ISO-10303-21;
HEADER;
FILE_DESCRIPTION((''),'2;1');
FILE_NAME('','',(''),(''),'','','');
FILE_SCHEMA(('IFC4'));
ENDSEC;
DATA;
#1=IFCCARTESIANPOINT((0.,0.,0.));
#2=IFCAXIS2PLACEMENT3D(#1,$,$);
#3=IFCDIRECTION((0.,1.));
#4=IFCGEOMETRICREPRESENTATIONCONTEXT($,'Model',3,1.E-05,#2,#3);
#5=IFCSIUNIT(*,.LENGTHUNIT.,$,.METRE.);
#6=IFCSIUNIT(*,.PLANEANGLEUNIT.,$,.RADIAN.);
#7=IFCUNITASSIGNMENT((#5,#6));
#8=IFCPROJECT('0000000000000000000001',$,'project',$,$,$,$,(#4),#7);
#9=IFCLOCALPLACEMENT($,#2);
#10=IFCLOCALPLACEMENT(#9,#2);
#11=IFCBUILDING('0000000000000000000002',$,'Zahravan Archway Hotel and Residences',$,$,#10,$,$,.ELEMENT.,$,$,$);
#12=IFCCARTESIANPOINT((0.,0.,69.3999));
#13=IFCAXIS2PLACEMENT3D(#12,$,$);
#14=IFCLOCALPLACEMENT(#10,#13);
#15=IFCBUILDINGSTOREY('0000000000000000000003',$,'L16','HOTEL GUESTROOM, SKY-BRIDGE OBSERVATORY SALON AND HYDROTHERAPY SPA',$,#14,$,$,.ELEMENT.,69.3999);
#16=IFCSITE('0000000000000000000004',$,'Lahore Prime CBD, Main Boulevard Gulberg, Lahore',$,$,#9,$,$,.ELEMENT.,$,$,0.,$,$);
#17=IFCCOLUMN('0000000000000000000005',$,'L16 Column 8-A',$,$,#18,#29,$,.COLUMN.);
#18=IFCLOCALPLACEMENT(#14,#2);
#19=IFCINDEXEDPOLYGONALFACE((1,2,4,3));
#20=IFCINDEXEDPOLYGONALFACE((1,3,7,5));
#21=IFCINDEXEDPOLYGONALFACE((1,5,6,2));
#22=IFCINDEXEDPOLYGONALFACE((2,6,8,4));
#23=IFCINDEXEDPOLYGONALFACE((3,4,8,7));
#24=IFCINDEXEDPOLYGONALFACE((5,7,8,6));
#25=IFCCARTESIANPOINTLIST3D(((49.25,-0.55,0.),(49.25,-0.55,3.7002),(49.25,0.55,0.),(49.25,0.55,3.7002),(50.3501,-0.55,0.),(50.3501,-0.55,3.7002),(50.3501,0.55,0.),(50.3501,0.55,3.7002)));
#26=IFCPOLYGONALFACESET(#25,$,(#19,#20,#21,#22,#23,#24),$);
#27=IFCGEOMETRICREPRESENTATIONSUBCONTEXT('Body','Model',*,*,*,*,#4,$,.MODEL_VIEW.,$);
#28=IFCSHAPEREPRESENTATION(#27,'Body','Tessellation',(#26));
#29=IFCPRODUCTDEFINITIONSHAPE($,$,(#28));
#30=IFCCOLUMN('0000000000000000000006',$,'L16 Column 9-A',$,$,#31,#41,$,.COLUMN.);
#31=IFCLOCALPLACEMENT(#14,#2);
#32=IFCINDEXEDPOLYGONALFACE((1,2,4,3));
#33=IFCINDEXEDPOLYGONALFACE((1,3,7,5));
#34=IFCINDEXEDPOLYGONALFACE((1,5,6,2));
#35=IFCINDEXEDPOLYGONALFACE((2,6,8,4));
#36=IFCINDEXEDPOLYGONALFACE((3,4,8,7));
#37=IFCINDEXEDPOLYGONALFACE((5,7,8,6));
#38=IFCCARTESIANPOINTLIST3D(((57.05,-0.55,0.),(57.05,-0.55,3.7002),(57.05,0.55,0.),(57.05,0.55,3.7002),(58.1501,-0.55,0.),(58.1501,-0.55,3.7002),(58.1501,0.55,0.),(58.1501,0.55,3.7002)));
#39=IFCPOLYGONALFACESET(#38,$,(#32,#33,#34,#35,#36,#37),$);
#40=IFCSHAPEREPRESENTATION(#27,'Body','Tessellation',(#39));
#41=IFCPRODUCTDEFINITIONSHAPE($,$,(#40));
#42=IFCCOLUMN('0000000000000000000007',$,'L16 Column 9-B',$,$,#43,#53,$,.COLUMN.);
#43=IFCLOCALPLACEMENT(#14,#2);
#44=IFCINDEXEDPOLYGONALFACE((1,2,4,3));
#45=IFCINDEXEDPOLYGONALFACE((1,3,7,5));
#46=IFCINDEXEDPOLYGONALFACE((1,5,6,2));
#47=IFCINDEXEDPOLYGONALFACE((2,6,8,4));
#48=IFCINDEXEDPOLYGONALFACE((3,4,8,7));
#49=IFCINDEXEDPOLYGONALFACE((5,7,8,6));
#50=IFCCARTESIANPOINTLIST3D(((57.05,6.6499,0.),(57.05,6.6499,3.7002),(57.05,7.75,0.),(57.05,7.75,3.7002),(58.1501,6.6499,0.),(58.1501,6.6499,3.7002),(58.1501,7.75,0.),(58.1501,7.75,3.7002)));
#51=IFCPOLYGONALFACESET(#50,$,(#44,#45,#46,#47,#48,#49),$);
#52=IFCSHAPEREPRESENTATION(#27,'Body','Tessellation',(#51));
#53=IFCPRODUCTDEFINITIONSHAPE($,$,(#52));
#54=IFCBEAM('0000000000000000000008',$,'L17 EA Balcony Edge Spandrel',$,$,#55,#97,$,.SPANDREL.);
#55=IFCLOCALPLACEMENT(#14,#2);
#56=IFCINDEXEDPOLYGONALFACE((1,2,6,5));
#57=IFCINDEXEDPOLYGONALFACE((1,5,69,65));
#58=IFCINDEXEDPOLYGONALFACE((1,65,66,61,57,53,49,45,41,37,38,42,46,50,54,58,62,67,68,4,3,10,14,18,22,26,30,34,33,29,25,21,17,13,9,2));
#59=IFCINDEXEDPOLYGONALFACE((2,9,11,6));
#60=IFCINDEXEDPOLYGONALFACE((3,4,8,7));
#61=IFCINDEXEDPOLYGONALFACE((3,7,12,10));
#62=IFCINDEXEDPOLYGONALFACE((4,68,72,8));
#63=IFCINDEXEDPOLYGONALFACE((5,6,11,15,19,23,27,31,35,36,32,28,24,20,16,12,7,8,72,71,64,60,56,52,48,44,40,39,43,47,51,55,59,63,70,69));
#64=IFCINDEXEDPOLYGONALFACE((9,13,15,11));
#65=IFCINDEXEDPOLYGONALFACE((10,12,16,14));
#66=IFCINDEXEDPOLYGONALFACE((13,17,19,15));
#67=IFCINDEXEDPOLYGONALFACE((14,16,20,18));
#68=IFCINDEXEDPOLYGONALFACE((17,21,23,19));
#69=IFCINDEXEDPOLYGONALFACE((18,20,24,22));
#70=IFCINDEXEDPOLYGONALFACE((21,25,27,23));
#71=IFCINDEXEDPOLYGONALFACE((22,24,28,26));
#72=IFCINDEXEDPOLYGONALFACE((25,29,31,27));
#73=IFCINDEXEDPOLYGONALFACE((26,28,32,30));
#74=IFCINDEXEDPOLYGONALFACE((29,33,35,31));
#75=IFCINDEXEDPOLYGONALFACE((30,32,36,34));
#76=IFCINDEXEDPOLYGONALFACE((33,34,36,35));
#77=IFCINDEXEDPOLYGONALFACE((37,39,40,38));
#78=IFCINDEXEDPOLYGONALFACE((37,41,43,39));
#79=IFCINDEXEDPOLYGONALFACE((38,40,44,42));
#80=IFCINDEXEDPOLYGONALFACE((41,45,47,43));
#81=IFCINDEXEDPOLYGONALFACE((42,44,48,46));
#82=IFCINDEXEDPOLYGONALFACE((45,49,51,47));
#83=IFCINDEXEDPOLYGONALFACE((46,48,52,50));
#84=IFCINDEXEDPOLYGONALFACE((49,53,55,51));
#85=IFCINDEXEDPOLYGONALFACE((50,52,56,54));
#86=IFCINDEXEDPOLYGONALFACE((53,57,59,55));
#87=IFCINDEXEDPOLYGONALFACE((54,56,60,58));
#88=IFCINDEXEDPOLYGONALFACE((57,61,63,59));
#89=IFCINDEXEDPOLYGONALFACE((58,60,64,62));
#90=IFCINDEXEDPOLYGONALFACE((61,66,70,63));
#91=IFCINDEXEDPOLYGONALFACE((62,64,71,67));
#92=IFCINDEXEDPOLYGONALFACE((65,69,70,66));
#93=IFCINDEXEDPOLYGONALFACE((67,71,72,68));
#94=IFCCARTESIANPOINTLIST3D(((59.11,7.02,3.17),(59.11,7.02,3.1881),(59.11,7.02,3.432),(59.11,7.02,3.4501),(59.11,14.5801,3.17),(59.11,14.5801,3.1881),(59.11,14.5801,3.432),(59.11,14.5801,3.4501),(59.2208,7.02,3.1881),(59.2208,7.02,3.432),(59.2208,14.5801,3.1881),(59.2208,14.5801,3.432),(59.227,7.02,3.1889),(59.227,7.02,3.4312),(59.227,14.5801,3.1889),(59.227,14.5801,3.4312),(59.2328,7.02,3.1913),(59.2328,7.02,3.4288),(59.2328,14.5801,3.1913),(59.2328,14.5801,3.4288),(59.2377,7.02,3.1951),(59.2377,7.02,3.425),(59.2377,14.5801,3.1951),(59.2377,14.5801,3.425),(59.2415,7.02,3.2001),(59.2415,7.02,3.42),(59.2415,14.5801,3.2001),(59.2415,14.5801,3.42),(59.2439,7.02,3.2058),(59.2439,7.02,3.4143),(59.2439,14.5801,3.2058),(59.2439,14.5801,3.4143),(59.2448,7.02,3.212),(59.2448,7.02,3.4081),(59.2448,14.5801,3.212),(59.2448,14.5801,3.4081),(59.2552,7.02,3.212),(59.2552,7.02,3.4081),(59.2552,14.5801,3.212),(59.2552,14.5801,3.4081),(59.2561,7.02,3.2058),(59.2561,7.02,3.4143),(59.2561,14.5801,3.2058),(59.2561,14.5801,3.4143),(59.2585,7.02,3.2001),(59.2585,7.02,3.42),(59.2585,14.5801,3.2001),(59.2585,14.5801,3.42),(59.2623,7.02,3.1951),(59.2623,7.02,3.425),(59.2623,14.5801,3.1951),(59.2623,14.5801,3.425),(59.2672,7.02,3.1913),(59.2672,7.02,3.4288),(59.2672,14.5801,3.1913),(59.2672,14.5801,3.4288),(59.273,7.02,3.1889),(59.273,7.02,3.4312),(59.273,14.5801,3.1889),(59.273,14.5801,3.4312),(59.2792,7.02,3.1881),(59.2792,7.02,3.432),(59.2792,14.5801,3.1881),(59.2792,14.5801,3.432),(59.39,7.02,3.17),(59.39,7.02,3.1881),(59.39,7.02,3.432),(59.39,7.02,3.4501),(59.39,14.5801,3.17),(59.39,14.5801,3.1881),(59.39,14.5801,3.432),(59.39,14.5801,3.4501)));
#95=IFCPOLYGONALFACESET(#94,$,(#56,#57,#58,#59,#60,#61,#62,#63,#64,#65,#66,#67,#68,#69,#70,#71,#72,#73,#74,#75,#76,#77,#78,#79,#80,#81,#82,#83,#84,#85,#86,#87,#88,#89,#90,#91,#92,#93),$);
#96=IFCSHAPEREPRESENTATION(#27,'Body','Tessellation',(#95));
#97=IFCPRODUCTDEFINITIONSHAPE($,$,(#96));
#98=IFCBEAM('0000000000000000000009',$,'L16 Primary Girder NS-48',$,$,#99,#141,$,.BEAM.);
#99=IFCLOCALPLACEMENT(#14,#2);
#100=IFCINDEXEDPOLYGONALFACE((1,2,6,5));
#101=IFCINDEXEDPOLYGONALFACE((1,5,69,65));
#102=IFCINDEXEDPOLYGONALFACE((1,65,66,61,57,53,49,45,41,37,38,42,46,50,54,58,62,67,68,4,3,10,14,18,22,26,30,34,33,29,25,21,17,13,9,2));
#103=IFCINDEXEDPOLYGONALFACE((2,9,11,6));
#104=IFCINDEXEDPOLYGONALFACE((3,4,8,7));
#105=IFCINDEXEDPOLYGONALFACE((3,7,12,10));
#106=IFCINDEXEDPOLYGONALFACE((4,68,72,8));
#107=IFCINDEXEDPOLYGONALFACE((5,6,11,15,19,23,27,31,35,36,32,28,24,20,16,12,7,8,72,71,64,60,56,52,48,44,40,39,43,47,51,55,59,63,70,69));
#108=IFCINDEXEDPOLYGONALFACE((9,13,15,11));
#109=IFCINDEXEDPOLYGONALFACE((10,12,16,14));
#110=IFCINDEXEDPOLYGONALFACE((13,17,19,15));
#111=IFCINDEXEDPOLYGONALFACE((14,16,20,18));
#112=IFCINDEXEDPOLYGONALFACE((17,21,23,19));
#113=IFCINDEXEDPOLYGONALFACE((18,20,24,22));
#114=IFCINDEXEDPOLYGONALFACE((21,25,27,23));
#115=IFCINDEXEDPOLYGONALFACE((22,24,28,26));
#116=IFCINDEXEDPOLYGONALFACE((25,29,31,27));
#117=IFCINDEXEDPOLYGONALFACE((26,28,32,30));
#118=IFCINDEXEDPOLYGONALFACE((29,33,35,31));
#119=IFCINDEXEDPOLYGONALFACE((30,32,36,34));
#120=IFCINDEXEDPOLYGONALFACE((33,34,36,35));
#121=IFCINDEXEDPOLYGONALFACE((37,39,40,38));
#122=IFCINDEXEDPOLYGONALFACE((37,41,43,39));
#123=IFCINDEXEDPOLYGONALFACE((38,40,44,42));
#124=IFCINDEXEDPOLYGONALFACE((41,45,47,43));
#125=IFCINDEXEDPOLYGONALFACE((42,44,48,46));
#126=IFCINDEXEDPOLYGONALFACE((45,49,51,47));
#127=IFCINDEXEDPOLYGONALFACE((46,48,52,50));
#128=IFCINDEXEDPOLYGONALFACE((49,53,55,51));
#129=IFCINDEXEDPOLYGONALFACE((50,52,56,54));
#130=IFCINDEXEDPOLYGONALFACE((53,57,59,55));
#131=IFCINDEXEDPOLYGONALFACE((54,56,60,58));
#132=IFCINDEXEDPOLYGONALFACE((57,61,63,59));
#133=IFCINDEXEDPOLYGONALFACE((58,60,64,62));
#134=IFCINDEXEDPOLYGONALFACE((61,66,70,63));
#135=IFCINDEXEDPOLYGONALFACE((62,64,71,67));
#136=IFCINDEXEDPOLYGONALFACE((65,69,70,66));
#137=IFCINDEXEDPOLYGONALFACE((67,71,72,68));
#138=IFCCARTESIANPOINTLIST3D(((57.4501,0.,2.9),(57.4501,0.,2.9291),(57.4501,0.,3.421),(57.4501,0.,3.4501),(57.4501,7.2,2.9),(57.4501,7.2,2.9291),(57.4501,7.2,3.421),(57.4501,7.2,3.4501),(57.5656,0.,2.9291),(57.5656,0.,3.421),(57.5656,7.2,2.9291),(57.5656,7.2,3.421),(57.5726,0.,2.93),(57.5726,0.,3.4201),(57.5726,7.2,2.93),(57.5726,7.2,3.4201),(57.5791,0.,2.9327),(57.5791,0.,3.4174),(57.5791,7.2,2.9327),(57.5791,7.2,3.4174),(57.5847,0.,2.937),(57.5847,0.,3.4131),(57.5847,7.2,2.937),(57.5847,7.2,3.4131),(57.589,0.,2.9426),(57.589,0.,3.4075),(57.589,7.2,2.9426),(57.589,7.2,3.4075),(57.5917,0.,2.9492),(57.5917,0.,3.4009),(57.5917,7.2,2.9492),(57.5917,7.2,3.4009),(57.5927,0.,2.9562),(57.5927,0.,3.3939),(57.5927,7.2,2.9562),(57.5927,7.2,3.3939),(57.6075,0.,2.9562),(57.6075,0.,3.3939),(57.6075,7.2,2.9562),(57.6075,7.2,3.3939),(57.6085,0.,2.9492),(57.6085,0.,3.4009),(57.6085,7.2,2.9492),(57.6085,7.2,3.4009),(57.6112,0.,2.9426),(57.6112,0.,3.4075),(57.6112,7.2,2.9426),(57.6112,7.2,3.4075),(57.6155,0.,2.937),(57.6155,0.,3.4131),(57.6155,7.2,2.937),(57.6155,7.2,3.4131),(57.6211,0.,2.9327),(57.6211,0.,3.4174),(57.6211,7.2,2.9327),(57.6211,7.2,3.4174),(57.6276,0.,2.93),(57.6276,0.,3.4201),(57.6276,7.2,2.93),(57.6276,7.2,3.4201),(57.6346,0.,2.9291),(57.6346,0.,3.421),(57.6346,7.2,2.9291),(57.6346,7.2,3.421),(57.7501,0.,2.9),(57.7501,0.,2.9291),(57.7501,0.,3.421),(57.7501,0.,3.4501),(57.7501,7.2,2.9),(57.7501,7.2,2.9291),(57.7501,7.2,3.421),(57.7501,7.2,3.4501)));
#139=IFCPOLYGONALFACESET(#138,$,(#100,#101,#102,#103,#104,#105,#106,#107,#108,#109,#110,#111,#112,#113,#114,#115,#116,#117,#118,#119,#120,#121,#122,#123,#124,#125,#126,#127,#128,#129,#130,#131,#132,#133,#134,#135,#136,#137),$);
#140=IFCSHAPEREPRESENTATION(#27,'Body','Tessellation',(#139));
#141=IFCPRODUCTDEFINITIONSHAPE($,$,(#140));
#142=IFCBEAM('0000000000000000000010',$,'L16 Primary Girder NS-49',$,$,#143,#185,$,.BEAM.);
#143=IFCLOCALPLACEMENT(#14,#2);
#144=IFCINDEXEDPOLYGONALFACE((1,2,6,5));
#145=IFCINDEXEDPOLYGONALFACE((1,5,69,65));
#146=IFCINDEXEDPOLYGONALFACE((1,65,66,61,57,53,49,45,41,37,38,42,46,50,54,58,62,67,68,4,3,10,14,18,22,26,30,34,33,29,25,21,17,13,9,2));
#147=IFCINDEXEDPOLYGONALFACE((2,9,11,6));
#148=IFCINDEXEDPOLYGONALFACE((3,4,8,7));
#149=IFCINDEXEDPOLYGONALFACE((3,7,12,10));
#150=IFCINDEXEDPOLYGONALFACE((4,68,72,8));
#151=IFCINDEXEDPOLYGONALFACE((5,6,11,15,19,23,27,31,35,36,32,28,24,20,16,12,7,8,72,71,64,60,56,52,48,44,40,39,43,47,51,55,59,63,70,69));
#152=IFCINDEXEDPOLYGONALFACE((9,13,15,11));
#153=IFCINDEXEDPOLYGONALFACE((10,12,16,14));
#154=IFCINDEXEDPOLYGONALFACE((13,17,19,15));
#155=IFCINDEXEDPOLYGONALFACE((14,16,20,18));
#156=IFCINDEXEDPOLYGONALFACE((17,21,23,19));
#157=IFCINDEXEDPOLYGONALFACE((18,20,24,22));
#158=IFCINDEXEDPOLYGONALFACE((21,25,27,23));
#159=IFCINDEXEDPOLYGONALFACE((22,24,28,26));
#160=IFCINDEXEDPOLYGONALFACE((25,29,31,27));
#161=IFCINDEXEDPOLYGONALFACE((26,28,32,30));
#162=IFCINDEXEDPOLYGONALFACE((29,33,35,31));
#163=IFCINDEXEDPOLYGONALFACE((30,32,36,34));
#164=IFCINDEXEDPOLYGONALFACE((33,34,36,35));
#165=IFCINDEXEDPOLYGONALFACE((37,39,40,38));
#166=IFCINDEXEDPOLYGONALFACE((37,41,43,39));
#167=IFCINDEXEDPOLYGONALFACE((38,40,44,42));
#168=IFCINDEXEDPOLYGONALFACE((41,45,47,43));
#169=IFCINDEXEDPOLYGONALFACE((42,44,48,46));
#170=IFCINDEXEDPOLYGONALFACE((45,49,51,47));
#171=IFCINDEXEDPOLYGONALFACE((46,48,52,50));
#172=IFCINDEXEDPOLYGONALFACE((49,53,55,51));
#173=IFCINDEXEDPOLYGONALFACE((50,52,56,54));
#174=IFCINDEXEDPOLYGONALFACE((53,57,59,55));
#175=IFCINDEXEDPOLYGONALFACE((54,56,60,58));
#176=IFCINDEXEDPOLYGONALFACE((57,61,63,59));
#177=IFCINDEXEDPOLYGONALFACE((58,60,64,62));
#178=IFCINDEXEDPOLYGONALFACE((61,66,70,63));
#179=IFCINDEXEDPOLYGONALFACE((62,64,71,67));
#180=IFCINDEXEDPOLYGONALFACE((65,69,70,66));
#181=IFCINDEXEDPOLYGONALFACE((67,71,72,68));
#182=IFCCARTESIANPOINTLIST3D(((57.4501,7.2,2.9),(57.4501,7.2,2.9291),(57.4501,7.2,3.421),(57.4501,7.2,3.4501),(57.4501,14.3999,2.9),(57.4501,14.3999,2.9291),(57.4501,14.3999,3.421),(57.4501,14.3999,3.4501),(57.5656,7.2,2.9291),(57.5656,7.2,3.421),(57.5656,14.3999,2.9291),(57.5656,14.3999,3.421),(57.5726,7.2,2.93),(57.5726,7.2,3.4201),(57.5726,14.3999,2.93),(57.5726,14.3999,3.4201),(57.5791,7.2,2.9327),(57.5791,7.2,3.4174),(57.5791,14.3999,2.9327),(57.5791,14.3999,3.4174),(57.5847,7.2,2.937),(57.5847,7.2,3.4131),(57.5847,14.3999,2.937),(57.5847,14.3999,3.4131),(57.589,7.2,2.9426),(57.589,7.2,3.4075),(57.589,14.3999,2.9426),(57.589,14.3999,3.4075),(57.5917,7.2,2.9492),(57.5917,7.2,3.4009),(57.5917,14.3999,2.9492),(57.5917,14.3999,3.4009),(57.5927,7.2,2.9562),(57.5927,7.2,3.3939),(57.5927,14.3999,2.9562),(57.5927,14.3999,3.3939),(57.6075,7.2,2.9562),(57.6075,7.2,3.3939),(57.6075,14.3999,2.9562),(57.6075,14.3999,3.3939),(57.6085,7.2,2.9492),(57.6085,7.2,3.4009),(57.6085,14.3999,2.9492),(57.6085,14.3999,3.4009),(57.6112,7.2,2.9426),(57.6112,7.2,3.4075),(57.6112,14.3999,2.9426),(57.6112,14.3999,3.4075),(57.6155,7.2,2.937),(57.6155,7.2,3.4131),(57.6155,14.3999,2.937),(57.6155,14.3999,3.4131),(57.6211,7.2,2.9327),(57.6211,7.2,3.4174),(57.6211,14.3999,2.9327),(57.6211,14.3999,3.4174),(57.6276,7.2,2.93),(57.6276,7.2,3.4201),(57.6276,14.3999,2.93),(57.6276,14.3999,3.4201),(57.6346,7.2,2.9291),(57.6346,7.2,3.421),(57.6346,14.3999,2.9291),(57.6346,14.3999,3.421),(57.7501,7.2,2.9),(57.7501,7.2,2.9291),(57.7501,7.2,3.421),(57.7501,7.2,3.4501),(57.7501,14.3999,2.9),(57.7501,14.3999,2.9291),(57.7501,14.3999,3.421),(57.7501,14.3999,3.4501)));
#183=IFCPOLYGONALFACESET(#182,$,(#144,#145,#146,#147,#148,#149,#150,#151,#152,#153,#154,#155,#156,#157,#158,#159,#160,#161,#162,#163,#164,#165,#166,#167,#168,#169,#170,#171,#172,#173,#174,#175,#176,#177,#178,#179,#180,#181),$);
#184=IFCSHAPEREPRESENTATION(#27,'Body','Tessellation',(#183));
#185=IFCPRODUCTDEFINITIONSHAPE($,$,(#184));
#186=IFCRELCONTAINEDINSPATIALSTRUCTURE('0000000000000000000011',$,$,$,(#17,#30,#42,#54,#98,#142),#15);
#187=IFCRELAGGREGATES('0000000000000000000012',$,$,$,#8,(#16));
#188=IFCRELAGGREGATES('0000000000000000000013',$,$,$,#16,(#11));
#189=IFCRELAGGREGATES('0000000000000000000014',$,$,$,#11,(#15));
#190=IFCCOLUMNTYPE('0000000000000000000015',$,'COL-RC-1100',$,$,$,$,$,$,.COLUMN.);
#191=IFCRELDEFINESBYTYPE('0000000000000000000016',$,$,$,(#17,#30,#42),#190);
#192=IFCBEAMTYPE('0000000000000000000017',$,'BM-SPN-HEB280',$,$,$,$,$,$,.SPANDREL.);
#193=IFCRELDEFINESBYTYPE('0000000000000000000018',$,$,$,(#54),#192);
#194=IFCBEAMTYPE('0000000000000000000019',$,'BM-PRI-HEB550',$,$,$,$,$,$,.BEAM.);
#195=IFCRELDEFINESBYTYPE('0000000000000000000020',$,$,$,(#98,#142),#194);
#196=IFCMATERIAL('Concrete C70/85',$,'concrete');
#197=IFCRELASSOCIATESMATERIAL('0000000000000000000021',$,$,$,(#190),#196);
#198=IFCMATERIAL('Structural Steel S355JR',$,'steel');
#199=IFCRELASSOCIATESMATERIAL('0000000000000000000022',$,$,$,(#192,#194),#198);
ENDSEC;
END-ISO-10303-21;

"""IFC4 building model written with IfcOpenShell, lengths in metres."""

from ifc_helpers import new_model, si_unit, direction, frame, origin, origin_2d, place, context, subcontext, project, spatial, rectangle, i_section, extrude, source, transform, mapped, material, material_profile, profile_set, type_object, type_shapes, element, save


model = new_model("IFC4")

# Units and contexts
model_context = context("Model", 3, precision=1e-05, world=origin(), true_north=direction((0.0, 1.0)))
body_context = subcontext(model_context, "Body", "Model", "MODEL_VIEW")
ifc_project = project(units=[si_unit("LENGTHUNIT", "METRE"), si_unit("PLANEANGLEUNIT", "RADIAN")], contexts=[model_context])

# Site, building, storey
site_placement = place(None, origin())
site = spatial("IfcSite", under=ifc_project, at=site_placement, Name="Lahore Prime CBD, Main Boulevard Gulberg, Lahore", CompositionType="ELEMENT", RefElevation=0.0)
building_placement = place(site_placement, origin())
building = spatial("IfcBuilding", under=site, at=building_placement, Name="Zahravan Archway Hotel and Residences", CompositionType="ELEMENT")
storey_placement = place(building_placement, frame((0.0, 0.0, 69.3999)))
storey = spatial("IfcBuildingStorey", under=building, at=storey_placement, Name="L16", Description="HOTEL GUESTROOM, SKY-BRIDGE OBSERVATORY SALON AND HYDROTHERAPY SPA", CompositionType="ELEMENT", Elevation=69.3999)

# Columns
ifc_material_1 = material(Name="Concrete C70/85", Category="concrete")
ifc_material_profile_1 = material_profile(ifc_material_1, rectangle(XDim=1.1001, YDim=1.1001, at=origin_2d()), Name="RC 1100x1100", Category="concrete")
ifc_profile_set_1 = profile_set([ifc_material_profile_1], Name="Concrete C70/85")
column_type = type_object("IfcColumnType", Name="COL-RC-1100", PredefinedType="COLUMN", material=ifc_profile_set_1)
shared_shape_1 = source(origin(), body_context, "Body", "SweptSolid", [
    extrude(rectangle(XDim=1.1001, YDim=1.1001, at=origin_2d()), origin(), (0.0, 0.0, 1.0), 3.7002),
])
for number, where, z_axis, x_axis, name in (
    (1, (49.8, 0.0, 0.0), (0.0, 0.0, 1.0), (1.0, 0.0, 0.0), "L16 Column 8-A"),
    (2, (57.6001, 0.0, 0.0), (0.0, 0.0, 1.0), (1.0, 0.0, 0.0), "L16 Column 9-A"),
    (3, (57.6001, 7.2, 0.0), (0.0, 0.0, 1.0), (1.0, 0.0, 0.0), "L16 Column 9-B"),
):
    element("IfcColumn", number, at=place(storey_placement, frame(where, z_axis=z_axis, x_axis=x_axis)), inside=storey, type_object=column_type, Name=name, PredefinedType="COLUMN", context=body_context, shape_type="MappedRepresentation", body=[
        mapped(shared_shape_1, transform((0.0, 0.0, 0.0), scale=1.0)),
    ])

# Beams
ifc_material_2 = material(Name="Structural Steel S355JR", Category="steel")
ifc_material_profile_2 = material_profile(ifc_material_2, i_section(OverallWidth=0.28, OverallDepth=0.28, WebThickness=0.0105, FlangeThickness=0.0181, FilletRadius=0.0239, at=origin_2d()), Name="HEB 280", Category="steel")
ifc_profile_set_2 = profile_set([ifc_material_profile_2], Name="Structural Steel S355JR")
beam_type_1 = type_object("IfcBeamType", Name="BM-SPN-HEB280", PredefinedType="SPANDREL", material=ifc_profile_set_2)
shared_shape_2 = source(origin(), body_context, "Body", "SweptSolid", [
    extrude(i_section(OverallWidth=0.28, OverallDepth=0.28, WebThickness=0.0105, FlangeThickness=0.0181, FilletRadius=0.0239, at=origin_2d()), origin(), (0.0, 0.0, 1.0), 7.5601),
])
type_shapes(beam_type_1, [shared_shape_2])
beam_1_placement = place(storey_placement, frame((59.25, 7.02, 3.3101), z_axis=(0.0, 1.0, 0.0), x_axis=(-1.0, 0.0, 0.0)))
element("IfcBeam", 4, at=beam_1_placement, inside=storey, type_object=beam_type_1, Name="L17 EA Balcony Edge Spandrel", PredefinedType="SPANDREL", context=body_context, shape_type="MappedRepresentation", body=[
    mapped(shared_shape_2, transform((0.0, 0.0, 0.0), scale=1.0)),
])
ifc_material_profile_3 = material_profile(ifc_material_2, i_section(OverallWidth=0.3, OverallDepth=0.55, WebThickness=0.0149, FlangeThickness=0.0291, FilletRadius=0.0271, at=origin_2d()), Name="HEB 550", Category="steel")
ifc_profile_set_3 = profile_set([ifc_material_profile_3], Name="Structural Steel S355JR")
beam_type_2 = type_object("IfcBeamType", Name="BM-PRI-HEB550", PredefinedType="BEAM", material=ifc_profile_set_3)
shared_shape_3 = source(origin(), body_context, "Body", "SweptSolid", [
    extrude(i_section(OverallWidth=0.3, OverallDepth=0.55, WebThickness=0.0149, FlangeThickness=0.0291, FilletRadius=0.0271, at=origin_2d()), origin(), (0.0, 0.0, 1.0), 7.2),
])
for number, where, z_axis, x_axis, name in (
    (5, (57.6001, 0.0, 3.175), (0.0, 1.0, 0.0), (-1.0, 0.0, 0.0), "L16 Primary Girder NS-48"),
    (6, (57.6001, 7.2, 3.175), (0.0, 1.0, 0.0), (-1.0, 0.0, 0.0), "L16 Primary Girder NS-49"),
):
    element("IfcBeam", number, at=place(storey_placement, frame(where, z_axis=z_axis, x_axis=x_axis)), inside=storey, type_object=beam_type_2, Name=name, PredefinedType="BEAM", context=body_context, shape_type="MappedRepresentation", body=[
        mapped(shared_shape_3, transform((0.0, 0.0, 0.0), scale=1.0)),
    ])

save(model, "model.ifc")
